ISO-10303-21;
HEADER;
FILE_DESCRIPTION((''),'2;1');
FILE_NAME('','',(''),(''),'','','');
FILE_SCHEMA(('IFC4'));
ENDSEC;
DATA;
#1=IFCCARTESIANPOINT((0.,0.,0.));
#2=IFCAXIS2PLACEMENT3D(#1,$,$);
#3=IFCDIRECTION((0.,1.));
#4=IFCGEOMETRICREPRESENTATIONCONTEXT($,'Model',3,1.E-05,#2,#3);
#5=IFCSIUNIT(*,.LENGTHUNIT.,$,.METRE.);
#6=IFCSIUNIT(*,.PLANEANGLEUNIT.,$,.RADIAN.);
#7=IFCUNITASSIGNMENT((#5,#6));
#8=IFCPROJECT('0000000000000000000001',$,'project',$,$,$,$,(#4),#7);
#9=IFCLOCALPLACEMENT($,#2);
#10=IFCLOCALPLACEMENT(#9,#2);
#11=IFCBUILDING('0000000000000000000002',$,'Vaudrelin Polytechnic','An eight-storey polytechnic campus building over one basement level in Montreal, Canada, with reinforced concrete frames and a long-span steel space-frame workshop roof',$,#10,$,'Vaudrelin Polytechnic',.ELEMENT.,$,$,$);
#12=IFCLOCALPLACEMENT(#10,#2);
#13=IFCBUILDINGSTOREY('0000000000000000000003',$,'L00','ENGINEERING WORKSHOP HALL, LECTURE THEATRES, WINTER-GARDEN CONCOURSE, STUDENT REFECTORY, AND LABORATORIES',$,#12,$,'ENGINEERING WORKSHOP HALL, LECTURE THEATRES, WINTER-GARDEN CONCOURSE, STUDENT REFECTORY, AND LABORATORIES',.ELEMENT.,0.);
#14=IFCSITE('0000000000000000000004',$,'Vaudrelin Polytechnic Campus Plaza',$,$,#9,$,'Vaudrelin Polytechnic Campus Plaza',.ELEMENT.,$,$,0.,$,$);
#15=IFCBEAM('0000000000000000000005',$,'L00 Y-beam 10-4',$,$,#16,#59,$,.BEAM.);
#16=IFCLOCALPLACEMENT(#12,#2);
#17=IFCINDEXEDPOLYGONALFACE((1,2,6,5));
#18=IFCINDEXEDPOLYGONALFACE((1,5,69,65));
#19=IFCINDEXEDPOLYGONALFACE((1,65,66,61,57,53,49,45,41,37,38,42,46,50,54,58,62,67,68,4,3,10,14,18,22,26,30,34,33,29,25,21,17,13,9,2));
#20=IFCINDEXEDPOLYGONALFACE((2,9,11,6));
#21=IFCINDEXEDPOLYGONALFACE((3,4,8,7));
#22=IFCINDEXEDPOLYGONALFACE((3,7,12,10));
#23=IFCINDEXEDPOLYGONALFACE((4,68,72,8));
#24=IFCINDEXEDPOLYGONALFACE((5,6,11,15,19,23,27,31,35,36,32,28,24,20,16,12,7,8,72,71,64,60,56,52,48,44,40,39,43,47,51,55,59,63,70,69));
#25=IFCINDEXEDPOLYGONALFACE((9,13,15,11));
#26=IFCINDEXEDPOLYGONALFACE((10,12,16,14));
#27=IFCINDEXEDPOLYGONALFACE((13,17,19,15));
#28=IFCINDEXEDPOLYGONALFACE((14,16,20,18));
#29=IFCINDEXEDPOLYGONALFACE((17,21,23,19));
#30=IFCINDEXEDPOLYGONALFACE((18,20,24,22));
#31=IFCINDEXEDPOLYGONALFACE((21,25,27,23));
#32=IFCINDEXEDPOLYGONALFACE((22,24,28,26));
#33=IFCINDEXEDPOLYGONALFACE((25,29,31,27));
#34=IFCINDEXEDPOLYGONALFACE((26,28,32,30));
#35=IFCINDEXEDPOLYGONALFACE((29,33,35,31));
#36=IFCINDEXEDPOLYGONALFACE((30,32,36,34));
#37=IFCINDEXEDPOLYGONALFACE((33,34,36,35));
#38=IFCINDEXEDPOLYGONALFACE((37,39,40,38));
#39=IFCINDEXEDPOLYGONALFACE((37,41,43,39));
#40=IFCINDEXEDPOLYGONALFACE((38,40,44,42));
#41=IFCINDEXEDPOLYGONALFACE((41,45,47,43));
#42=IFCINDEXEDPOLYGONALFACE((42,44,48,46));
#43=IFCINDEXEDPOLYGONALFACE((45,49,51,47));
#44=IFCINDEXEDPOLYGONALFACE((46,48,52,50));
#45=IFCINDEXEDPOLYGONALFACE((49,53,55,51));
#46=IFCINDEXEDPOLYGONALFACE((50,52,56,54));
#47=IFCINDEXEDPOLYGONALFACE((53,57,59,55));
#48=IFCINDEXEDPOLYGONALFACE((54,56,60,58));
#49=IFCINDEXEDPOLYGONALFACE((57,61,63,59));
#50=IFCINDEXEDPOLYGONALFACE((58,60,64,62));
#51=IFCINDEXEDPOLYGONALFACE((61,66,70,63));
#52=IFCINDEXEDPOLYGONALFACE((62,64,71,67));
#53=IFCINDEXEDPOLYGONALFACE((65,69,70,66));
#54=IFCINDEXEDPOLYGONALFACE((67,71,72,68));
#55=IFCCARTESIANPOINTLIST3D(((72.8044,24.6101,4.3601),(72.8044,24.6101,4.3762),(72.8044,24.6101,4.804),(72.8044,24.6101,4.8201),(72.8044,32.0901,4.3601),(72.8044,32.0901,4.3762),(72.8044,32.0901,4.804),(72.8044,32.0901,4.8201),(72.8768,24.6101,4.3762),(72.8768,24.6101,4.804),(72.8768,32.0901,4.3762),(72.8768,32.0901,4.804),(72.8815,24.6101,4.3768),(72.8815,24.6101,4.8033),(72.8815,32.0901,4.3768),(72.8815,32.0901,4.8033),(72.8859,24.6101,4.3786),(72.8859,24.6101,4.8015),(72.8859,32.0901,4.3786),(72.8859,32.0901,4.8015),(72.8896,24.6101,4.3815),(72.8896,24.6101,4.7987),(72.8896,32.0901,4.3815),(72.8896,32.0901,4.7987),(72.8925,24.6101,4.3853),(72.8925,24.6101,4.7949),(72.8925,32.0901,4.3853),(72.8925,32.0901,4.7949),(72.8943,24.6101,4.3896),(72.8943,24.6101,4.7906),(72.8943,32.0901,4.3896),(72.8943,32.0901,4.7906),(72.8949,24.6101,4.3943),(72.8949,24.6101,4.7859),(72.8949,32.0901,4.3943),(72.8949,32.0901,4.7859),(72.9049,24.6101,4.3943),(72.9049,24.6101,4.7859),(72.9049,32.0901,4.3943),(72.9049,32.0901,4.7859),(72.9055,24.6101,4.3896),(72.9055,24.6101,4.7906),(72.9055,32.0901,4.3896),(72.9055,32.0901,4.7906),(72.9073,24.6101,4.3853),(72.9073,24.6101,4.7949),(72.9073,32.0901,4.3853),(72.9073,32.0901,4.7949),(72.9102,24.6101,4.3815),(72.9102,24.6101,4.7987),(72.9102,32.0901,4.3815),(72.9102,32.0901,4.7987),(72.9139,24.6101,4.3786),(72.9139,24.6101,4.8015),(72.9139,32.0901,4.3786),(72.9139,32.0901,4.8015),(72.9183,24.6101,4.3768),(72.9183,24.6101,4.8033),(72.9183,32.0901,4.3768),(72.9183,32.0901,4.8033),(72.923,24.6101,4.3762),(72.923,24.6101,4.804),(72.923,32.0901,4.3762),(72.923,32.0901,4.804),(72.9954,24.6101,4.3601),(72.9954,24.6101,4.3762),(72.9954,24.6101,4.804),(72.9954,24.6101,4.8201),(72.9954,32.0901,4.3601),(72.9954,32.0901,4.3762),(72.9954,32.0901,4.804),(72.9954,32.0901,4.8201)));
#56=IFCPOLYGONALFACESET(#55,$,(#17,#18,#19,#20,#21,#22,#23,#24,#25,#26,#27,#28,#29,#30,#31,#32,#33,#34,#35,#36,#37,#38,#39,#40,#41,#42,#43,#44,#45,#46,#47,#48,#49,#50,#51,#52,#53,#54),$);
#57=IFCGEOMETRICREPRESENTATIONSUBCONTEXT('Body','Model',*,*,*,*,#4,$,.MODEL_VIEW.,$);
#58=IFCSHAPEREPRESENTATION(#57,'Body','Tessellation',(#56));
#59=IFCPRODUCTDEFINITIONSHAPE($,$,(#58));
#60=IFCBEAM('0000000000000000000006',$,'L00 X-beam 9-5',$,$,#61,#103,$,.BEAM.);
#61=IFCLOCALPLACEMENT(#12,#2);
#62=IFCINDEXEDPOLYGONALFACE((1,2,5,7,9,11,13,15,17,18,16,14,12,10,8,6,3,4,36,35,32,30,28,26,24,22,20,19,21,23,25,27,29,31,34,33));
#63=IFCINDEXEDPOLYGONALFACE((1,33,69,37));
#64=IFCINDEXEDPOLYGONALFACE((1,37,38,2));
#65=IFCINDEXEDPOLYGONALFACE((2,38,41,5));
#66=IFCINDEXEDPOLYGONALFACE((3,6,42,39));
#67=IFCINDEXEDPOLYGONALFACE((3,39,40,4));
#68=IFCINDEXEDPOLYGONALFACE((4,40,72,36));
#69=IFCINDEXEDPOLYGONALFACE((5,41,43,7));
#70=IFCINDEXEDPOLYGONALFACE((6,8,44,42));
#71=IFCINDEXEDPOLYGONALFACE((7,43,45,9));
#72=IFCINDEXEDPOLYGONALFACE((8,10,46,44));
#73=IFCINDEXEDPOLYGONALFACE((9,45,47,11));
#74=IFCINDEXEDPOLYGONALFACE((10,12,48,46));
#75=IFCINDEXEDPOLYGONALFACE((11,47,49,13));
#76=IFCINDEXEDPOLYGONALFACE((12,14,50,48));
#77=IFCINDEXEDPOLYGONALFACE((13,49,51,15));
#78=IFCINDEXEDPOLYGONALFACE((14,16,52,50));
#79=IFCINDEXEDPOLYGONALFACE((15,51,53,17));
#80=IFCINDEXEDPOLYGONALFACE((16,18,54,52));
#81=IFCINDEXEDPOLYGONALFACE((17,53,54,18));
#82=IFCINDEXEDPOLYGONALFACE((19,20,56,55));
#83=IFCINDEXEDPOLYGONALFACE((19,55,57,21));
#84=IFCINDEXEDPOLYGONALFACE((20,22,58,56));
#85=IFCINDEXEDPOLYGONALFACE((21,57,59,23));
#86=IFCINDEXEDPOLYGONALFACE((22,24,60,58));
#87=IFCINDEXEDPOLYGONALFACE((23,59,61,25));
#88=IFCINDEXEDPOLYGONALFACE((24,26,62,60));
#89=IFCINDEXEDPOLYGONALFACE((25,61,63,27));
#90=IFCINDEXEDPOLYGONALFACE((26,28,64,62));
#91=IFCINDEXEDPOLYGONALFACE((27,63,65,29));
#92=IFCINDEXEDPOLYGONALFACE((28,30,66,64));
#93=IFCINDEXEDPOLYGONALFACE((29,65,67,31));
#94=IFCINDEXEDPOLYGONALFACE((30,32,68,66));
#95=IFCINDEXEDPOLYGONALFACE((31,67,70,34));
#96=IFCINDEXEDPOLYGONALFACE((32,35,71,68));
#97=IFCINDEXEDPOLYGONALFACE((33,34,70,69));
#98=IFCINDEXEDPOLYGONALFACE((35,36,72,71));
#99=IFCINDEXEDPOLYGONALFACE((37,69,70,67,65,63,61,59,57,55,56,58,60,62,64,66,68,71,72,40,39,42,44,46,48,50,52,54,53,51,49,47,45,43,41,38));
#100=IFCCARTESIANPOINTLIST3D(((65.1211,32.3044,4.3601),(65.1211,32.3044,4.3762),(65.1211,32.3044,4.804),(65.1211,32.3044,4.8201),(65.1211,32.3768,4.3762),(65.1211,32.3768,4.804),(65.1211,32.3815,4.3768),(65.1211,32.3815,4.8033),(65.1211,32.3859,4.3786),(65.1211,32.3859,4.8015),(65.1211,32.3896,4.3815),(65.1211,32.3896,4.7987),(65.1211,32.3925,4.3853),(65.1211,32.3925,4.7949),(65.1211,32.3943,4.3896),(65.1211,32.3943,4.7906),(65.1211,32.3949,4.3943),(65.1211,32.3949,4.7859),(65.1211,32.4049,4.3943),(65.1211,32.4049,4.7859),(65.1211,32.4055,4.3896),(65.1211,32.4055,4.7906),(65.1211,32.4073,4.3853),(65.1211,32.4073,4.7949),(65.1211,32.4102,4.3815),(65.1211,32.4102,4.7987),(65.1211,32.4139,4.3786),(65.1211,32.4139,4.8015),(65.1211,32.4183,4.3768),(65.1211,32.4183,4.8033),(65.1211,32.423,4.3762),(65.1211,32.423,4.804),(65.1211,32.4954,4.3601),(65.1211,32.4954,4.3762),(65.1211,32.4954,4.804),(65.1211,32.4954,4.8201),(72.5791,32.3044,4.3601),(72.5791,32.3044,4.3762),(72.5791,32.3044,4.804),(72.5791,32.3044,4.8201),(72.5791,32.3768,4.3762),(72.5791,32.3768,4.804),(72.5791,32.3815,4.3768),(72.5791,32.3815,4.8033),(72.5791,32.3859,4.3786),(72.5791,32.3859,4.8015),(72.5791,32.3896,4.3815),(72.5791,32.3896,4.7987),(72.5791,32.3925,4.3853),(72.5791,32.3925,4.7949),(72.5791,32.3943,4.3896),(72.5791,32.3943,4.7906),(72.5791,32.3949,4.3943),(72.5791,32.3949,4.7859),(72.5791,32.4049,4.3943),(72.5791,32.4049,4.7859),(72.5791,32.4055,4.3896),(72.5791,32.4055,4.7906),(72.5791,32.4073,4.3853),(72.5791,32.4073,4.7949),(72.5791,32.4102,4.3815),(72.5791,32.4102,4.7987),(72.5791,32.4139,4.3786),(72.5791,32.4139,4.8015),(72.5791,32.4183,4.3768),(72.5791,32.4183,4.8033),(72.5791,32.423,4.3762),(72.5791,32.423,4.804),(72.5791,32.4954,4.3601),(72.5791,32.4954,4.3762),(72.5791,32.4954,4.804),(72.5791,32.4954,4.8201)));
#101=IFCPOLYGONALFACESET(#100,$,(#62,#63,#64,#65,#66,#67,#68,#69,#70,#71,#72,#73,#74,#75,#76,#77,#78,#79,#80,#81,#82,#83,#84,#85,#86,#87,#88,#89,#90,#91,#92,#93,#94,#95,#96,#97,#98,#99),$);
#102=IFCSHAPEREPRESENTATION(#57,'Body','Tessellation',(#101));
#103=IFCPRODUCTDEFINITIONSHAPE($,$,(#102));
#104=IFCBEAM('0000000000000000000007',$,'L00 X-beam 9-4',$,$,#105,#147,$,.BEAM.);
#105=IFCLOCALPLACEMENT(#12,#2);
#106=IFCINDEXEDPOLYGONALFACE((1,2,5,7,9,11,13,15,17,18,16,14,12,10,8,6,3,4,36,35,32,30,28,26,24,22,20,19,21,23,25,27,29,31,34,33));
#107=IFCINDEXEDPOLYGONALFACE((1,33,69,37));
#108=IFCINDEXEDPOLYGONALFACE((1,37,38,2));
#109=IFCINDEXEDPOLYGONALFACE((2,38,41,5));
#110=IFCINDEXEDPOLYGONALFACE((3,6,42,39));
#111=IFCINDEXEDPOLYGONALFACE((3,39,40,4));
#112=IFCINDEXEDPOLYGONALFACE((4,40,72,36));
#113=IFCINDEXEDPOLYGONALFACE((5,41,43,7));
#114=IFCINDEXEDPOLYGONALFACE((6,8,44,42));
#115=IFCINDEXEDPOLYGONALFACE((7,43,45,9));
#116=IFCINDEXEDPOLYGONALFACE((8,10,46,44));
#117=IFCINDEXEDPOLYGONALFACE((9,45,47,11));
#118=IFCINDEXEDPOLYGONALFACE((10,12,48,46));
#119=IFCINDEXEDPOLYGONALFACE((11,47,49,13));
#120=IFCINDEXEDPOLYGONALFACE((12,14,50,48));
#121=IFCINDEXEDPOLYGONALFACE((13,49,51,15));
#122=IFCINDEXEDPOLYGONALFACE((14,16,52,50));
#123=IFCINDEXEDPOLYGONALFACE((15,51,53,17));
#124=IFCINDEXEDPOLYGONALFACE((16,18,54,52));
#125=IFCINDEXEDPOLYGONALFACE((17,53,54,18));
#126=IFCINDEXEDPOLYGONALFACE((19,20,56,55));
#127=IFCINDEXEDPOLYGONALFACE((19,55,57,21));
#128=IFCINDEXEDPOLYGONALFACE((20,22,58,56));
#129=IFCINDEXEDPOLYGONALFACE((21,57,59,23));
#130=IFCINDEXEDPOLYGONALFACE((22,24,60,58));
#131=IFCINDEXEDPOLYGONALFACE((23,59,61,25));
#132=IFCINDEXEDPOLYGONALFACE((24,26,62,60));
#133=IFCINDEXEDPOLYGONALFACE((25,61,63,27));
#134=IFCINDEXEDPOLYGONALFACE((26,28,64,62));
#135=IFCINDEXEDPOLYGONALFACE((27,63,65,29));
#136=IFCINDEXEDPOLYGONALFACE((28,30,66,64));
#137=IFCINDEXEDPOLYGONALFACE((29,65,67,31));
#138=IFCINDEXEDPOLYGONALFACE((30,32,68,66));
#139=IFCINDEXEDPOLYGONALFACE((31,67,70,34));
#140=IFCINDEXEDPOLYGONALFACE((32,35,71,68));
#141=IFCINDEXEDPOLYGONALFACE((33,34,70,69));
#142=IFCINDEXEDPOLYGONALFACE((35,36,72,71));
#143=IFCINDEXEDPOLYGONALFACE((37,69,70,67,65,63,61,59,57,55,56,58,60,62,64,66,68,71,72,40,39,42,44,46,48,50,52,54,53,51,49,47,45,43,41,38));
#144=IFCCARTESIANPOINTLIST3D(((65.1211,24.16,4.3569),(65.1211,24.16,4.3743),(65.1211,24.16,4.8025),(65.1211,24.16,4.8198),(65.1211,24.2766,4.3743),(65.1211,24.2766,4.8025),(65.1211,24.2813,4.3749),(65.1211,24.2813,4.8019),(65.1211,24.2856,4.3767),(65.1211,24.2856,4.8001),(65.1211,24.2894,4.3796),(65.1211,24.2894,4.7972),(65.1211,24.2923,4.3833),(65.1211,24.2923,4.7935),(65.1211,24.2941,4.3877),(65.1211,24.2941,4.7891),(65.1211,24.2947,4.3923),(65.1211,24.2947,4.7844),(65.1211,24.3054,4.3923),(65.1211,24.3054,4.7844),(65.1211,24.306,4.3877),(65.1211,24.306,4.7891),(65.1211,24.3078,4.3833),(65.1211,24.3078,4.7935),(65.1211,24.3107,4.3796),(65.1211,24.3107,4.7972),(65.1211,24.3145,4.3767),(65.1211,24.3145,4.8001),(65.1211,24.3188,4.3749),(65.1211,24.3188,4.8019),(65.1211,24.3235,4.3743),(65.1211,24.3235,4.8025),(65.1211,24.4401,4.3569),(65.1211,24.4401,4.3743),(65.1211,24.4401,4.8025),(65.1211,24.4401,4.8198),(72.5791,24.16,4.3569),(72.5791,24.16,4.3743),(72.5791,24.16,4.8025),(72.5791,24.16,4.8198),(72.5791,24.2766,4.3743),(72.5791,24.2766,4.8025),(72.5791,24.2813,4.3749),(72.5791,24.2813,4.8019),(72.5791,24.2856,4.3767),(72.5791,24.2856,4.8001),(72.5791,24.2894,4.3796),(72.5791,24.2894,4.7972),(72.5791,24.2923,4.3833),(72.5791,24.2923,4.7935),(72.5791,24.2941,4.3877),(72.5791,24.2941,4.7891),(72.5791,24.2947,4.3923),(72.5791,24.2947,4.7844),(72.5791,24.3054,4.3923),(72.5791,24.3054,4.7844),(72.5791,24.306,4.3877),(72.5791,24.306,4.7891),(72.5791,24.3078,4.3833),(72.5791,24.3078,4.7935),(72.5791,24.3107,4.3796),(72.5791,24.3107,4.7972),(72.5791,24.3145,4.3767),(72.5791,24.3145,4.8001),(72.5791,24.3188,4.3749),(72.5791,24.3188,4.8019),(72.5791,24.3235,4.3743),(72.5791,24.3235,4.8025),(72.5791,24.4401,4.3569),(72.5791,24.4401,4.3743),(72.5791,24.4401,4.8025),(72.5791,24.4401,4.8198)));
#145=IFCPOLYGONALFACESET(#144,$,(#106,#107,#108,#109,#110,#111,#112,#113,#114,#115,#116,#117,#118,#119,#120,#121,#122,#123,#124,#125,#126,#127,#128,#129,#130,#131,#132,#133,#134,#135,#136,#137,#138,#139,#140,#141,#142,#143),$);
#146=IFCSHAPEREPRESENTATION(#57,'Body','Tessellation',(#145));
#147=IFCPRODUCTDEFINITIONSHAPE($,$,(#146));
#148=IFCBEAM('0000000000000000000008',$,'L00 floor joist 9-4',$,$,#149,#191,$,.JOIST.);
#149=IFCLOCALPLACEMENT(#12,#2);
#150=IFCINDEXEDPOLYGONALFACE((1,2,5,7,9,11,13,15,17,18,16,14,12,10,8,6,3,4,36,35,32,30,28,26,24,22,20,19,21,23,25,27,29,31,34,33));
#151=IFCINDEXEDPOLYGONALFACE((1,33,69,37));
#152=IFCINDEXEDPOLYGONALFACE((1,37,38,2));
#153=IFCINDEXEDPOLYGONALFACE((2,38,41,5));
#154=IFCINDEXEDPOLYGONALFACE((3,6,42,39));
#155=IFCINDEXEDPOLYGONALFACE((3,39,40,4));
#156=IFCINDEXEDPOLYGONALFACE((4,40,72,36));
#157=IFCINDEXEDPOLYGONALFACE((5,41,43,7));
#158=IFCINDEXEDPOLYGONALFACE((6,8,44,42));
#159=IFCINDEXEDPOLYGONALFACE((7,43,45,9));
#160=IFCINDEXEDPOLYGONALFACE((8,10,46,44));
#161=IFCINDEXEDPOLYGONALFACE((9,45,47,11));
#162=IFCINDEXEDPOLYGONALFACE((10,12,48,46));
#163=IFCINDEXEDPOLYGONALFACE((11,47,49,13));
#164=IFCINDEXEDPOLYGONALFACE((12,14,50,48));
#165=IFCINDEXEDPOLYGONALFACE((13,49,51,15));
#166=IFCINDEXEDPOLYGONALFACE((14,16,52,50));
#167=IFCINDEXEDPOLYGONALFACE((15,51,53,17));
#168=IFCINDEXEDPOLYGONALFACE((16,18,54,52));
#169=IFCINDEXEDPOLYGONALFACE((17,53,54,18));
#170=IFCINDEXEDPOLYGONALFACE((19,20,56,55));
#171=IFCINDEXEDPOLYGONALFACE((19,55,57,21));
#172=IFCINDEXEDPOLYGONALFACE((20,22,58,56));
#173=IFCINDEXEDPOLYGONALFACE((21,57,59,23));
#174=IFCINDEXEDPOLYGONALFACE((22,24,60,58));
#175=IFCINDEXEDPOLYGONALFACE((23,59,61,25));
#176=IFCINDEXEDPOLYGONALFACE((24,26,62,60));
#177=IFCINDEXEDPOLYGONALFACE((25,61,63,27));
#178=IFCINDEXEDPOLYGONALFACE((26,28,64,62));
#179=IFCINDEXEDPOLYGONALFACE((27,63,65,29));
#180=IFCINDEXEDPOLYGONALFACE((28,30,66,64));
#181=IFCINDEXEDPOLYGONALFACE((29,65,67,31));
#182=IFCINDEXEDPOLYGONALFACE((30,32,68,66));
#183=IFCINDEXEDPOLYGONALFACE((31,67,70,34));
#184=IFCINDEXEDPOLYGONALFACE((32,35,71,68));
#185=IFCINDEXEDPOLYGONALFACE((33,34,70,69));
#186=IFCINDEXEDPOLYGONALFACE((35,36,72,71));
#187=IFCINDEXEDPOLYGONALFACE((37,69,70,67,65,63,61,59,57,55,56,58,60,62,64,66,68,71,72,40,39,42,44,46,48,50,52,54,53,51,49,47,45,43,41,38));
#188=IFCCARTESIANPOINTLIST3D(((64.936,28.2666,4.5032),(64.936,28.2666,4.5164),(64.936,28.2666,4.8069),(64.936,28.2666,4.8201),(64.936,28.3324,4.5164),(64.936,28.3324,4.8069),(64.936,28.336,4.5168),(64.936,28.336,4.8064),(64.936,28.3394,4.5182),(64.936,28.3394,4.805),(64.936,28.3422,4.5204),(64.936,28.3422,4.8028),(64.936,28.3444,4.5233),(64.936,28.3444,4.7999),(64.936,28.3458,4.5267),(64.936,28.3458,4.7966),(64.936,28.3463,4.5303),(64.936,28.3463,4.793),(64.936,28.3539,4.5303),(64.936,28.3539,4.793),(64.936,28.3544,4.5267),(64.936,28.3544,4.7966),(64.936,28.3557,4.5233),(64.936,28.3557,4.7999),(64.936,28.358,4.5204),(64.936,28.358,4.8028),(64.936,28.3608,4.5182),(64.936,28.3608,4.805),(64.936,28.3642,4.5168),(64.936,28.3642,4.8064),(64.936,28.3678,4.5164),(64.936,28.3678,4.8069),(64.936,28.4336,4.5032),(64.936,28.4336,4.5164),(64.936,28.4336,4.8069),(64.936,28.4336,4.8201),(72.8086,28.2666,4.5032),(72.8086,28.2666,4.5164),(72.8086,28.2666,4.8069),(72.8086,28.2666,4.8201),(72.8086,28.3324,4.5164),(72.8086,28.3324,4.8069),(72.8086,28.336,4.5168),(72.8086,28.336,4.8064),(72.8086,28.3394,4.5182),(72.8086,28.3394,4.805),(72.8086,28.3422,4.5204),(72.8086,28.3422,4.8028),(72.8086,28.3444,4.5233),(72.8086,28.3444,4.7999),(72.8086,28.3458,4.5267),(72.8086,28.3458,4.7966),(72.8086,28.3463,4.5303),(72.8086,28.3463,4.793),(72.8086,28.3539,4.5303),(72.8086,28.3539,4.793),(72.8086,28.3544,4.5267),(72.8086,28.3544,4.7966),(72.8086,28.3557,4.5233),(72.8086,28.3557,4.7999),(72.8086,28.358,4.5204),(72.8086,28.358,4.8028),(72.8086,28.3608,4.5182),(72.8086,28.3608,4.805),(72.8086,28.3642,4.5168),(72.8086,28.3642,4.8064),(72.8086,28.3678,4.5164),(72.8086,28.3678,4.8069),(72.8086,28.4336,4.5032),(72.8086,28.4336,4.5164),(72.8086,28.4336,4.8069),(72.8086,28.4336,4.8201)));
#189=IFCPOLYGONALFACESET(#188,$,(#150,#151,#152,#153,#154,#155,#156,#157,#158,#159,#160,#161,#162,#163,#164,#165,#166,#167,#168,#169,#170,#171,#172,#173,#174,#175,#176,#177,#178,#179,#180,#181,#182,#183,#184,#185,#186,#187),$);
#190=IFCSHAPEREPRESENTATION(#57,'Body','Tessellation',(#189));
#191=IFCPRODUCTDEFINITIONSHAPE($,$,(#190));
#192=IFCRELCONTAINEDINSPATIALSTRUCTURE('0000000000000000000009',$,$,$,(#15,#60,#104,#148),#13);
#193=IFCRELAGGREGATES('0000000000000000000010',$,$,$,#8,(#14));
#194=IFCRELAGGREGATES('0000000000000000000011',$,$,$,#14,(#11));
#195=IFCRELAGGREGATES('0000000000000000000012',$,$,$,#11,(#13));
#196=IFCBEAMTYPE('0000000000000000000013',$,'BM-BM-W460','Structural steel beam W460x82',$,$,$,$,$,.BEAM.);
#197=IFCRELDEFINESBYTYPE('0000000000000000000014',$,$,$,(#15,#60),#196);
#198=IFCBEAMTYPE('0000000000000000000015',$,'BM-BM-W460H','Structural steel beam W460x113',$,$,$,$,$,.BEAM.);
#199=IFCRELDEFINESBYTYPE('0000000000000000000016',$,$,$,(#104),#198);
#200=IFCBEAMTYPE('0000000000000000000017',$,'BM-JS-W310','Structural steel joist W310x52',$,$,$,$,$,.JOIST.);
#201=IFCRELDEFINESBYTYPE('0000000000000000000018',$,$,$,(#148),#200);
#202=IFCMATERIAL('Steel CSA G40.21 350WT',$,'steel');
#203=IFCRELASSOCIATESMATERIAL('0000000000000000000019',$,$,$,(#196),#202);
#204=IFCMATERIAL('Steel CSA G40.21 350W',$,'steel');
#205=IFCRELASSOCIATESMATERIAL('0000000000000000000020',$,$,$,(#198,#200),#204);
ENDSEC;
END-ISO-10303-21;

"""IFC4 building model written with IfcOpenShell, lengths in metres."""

from ifc_helpers import new_model, si_unit, direction, frame, origin, origin_2d, place, context, subcontext, project, spatial, i_section, extrude, material, material_profile, profile_set, type_object, element, save


model = new_model("IFC4")

# Units and contexts
model_context = context("Model", 3, precision=1e-05, world=origin(), true_north=direction((0.0, 1.0)))
body_context = subcontext(model_context, "Body", "Model", "MODEL_VIEW")
ifc_project = project(units=[si_unit("LENGTHUNIT", "METRE"), si_unit("PLANEANGLEUNIT", "RADIAN")], contexts=[model_context])

# Site, building, storey
site_placement = place(None, origin())
site = spatial("IfcSite", under=ifc_project, at=site_placement, Name="Vaudrelin Polytechnic Campus Plaza", LongName="Vaudrelin Polytechnic Campus Plaza", CompositionType="ELEMENT", RefElevation=0.0)
building_placement = place(site_placement, origin())
building = spatial("IfcBuilding", under=site, at=building_placement, Name="Vaudrelin Polytechnic", Description="An eight-storey polytechnic campus building over one basement level in Montreal, Canada, with reinforced concrete frames and a long-span steel space-frame workshop roof", LongName="Vaudrelin Polytechnic", CompositionType="ELEMENT")
storey_placement = place(building_placement, origin())
storey = spatial("IfcBuildingStorey", under=building, at=storey_placement, Name="L00", Description="ENGINEERING WORKSHOP HALL, LECTURE THEATRES, WINTER-GARDEN CONCOURSE, STUDENT REFECTORY, AND LABORATORIES", LongName="ENGINEERING WORKSHOP HALL, LECTURE THEATRES, WINTER-GARDEN CONCOURSE, STUDENT REFECTORY, AND LABORATORIES", CompositionType="ELEMENT", Elevation=0.0)

# Shared definitions
ifc_material_1 = material(Name="Steel CSA G40.21 350W", Category="steel")

# Beams
ifc_material_2 = material(Name="Steel CSA G40.21 350WT", Category="steel")
ifc_material_profile_1 = material_profile(ifc_material_2, i_section(OverallWidth=0.1909, OverallDepth=0.46, WebThickness=0.01, FlangeThickness=0.0161, FilletRadius=0.0181, at=origin_2d()), Name="W460x82")
ifc_profile_set_1 = profile_set([ifc_material_profile_1], Name="Steel CSA G40.21 350WT")
beam_type_1 = type_object("IfcBeamType", Name="BM-BM-W460", Description="Structural steel beam W460x82", PredefinedType="BEAM", material=ifc_profile_set_1)
beam_1_placement = place(storey_placement, frame((72.8999, 24.6101, 4.5901), z_axis=(0.0, 1.0, 0.0), x_axis=(-1.0, 0.0, 0.0)))
element("IfcBeam", 1, at=beam_1_placement, inside=storey, type_object=beam_type_1, Name="L00 Y-beam 10-4", PredefinedType="BEAM", context=body_context, shape_type="SweptSolid", body=[
    extrude(i_section(OverallWidth=0.1909, OverallDepth=0.46, WebThickness=0.01, FlangeThickness=0.0161, FilletRadius=0.0181, at=origin_2d()), origin(), (0.0, 0.0, 1.0), 7.48),
])
beam_2_placement = place(storey_placement, frame((65.1211, 32.3999, 4.5901), z_axis=(1.0, 0.0, 0.0), x_axis=(0.0, 1.0, 0.0)))
element("IfcBeam", 2, at=beam_2_placement, inside=storey, type_object=beam_type_1, Name="L00 X-beam 9-5", PredefinedType="BEAM", context=body_context, shape_type="SweptSolid", body=[
    extrude(i_section(OverallWidth=0.1909, OverallDepth=0.46, WebThickness=0.01, FlangeThickness=0.0161, FilletRadius=0.0181, at=origin_2d()), origin(), (0.0, 0.0, 1.0), 7.458),
])
ifc_material_profile_2 = material_profile(ifc_material_1, i_section(OverallWidth=0.28, OverallDepth=0.4629, WebThickness=0.0107, FlangeThickness=0.0173, FilletRadius=0.0181, at=origin_2d()), Name="W460x113")
ifc_profile_set_2 = profile_set([ifc_material_profile_2], Name="Steel CSA G40.21 350W")
beam_type_2 = type_object("IfcBeamType", Name="BM-BM-W460H", Description="Structural steel beam W460x113", PredefinedType="BEAM", material=ifc_profile_set_2)
beam_3_placement = place(storey_placement, frame((65.1211, 24.3, 4.5884), z_axis=(1.0, 0.0, 0.0), x_axis=(0.0, 1.0, 0.0)))
element("IfcBeam", 3, at=beam_3_placement, inside=storey, type_object=beam_type_2, Name="L00 X-beam 9-4", PredefinedType="BEAM", context=body_context, shape_type="SweptSolid", body=[
    extrude(i_section(OverallWidth=0.28, OverallDepth=0.4629, WebThickness=0.0107, FlangeThickness=0.0173, FilletRadius=0.0181, at=origin_2d()), origin(), (0.0, 0.0, 1.0), 7.458),
])
ifc_material_profile_3 = material_profile(ifc_material_1, i_section(OverallWidth=0.167, OverallDepth=0.3169, WebThickness=0.0076, FlangeThickness=0.0132, FilletRadius=0.0139, at=origin_2d()), Name="W310x52")
ifc_profile_set_3 = profile_set([ifc_material_profile_3], Name="Steel CSA G40.21 350W")
beam_type_3 = type_object("IfcBeamType", Name="BM-JS-W310", Description="Structural steel joist W310x52", PredefinedType="JOIST", material=ifc_profile_set_3)
beam_4_placement = place(storey_placement, frame((64.936, 28.3501, 4.6616), z_axis=(1.0, 0.0, 0.0), x_axis=(0.0, 1.0, 0.0)))
element("IfcBeam", 4, at=beam_4_placement, inside=storey, type_object=beam_type_3, Name="L00 floor joist 9-4", PredefinedType="JOIST", context=body_context, shape_type="SweptSolid", body=[
    extrude(i_section(OverallWidth=0.167, OverallDepth=0.3169, WebThickness=0.0076, FlangeThickness=0.0132, FilletRadius=0.0139, at=origin_2d()), origin(), (0.0, 0.0, 1.0), 7.8726),
])

save(model, "model.ifc")
